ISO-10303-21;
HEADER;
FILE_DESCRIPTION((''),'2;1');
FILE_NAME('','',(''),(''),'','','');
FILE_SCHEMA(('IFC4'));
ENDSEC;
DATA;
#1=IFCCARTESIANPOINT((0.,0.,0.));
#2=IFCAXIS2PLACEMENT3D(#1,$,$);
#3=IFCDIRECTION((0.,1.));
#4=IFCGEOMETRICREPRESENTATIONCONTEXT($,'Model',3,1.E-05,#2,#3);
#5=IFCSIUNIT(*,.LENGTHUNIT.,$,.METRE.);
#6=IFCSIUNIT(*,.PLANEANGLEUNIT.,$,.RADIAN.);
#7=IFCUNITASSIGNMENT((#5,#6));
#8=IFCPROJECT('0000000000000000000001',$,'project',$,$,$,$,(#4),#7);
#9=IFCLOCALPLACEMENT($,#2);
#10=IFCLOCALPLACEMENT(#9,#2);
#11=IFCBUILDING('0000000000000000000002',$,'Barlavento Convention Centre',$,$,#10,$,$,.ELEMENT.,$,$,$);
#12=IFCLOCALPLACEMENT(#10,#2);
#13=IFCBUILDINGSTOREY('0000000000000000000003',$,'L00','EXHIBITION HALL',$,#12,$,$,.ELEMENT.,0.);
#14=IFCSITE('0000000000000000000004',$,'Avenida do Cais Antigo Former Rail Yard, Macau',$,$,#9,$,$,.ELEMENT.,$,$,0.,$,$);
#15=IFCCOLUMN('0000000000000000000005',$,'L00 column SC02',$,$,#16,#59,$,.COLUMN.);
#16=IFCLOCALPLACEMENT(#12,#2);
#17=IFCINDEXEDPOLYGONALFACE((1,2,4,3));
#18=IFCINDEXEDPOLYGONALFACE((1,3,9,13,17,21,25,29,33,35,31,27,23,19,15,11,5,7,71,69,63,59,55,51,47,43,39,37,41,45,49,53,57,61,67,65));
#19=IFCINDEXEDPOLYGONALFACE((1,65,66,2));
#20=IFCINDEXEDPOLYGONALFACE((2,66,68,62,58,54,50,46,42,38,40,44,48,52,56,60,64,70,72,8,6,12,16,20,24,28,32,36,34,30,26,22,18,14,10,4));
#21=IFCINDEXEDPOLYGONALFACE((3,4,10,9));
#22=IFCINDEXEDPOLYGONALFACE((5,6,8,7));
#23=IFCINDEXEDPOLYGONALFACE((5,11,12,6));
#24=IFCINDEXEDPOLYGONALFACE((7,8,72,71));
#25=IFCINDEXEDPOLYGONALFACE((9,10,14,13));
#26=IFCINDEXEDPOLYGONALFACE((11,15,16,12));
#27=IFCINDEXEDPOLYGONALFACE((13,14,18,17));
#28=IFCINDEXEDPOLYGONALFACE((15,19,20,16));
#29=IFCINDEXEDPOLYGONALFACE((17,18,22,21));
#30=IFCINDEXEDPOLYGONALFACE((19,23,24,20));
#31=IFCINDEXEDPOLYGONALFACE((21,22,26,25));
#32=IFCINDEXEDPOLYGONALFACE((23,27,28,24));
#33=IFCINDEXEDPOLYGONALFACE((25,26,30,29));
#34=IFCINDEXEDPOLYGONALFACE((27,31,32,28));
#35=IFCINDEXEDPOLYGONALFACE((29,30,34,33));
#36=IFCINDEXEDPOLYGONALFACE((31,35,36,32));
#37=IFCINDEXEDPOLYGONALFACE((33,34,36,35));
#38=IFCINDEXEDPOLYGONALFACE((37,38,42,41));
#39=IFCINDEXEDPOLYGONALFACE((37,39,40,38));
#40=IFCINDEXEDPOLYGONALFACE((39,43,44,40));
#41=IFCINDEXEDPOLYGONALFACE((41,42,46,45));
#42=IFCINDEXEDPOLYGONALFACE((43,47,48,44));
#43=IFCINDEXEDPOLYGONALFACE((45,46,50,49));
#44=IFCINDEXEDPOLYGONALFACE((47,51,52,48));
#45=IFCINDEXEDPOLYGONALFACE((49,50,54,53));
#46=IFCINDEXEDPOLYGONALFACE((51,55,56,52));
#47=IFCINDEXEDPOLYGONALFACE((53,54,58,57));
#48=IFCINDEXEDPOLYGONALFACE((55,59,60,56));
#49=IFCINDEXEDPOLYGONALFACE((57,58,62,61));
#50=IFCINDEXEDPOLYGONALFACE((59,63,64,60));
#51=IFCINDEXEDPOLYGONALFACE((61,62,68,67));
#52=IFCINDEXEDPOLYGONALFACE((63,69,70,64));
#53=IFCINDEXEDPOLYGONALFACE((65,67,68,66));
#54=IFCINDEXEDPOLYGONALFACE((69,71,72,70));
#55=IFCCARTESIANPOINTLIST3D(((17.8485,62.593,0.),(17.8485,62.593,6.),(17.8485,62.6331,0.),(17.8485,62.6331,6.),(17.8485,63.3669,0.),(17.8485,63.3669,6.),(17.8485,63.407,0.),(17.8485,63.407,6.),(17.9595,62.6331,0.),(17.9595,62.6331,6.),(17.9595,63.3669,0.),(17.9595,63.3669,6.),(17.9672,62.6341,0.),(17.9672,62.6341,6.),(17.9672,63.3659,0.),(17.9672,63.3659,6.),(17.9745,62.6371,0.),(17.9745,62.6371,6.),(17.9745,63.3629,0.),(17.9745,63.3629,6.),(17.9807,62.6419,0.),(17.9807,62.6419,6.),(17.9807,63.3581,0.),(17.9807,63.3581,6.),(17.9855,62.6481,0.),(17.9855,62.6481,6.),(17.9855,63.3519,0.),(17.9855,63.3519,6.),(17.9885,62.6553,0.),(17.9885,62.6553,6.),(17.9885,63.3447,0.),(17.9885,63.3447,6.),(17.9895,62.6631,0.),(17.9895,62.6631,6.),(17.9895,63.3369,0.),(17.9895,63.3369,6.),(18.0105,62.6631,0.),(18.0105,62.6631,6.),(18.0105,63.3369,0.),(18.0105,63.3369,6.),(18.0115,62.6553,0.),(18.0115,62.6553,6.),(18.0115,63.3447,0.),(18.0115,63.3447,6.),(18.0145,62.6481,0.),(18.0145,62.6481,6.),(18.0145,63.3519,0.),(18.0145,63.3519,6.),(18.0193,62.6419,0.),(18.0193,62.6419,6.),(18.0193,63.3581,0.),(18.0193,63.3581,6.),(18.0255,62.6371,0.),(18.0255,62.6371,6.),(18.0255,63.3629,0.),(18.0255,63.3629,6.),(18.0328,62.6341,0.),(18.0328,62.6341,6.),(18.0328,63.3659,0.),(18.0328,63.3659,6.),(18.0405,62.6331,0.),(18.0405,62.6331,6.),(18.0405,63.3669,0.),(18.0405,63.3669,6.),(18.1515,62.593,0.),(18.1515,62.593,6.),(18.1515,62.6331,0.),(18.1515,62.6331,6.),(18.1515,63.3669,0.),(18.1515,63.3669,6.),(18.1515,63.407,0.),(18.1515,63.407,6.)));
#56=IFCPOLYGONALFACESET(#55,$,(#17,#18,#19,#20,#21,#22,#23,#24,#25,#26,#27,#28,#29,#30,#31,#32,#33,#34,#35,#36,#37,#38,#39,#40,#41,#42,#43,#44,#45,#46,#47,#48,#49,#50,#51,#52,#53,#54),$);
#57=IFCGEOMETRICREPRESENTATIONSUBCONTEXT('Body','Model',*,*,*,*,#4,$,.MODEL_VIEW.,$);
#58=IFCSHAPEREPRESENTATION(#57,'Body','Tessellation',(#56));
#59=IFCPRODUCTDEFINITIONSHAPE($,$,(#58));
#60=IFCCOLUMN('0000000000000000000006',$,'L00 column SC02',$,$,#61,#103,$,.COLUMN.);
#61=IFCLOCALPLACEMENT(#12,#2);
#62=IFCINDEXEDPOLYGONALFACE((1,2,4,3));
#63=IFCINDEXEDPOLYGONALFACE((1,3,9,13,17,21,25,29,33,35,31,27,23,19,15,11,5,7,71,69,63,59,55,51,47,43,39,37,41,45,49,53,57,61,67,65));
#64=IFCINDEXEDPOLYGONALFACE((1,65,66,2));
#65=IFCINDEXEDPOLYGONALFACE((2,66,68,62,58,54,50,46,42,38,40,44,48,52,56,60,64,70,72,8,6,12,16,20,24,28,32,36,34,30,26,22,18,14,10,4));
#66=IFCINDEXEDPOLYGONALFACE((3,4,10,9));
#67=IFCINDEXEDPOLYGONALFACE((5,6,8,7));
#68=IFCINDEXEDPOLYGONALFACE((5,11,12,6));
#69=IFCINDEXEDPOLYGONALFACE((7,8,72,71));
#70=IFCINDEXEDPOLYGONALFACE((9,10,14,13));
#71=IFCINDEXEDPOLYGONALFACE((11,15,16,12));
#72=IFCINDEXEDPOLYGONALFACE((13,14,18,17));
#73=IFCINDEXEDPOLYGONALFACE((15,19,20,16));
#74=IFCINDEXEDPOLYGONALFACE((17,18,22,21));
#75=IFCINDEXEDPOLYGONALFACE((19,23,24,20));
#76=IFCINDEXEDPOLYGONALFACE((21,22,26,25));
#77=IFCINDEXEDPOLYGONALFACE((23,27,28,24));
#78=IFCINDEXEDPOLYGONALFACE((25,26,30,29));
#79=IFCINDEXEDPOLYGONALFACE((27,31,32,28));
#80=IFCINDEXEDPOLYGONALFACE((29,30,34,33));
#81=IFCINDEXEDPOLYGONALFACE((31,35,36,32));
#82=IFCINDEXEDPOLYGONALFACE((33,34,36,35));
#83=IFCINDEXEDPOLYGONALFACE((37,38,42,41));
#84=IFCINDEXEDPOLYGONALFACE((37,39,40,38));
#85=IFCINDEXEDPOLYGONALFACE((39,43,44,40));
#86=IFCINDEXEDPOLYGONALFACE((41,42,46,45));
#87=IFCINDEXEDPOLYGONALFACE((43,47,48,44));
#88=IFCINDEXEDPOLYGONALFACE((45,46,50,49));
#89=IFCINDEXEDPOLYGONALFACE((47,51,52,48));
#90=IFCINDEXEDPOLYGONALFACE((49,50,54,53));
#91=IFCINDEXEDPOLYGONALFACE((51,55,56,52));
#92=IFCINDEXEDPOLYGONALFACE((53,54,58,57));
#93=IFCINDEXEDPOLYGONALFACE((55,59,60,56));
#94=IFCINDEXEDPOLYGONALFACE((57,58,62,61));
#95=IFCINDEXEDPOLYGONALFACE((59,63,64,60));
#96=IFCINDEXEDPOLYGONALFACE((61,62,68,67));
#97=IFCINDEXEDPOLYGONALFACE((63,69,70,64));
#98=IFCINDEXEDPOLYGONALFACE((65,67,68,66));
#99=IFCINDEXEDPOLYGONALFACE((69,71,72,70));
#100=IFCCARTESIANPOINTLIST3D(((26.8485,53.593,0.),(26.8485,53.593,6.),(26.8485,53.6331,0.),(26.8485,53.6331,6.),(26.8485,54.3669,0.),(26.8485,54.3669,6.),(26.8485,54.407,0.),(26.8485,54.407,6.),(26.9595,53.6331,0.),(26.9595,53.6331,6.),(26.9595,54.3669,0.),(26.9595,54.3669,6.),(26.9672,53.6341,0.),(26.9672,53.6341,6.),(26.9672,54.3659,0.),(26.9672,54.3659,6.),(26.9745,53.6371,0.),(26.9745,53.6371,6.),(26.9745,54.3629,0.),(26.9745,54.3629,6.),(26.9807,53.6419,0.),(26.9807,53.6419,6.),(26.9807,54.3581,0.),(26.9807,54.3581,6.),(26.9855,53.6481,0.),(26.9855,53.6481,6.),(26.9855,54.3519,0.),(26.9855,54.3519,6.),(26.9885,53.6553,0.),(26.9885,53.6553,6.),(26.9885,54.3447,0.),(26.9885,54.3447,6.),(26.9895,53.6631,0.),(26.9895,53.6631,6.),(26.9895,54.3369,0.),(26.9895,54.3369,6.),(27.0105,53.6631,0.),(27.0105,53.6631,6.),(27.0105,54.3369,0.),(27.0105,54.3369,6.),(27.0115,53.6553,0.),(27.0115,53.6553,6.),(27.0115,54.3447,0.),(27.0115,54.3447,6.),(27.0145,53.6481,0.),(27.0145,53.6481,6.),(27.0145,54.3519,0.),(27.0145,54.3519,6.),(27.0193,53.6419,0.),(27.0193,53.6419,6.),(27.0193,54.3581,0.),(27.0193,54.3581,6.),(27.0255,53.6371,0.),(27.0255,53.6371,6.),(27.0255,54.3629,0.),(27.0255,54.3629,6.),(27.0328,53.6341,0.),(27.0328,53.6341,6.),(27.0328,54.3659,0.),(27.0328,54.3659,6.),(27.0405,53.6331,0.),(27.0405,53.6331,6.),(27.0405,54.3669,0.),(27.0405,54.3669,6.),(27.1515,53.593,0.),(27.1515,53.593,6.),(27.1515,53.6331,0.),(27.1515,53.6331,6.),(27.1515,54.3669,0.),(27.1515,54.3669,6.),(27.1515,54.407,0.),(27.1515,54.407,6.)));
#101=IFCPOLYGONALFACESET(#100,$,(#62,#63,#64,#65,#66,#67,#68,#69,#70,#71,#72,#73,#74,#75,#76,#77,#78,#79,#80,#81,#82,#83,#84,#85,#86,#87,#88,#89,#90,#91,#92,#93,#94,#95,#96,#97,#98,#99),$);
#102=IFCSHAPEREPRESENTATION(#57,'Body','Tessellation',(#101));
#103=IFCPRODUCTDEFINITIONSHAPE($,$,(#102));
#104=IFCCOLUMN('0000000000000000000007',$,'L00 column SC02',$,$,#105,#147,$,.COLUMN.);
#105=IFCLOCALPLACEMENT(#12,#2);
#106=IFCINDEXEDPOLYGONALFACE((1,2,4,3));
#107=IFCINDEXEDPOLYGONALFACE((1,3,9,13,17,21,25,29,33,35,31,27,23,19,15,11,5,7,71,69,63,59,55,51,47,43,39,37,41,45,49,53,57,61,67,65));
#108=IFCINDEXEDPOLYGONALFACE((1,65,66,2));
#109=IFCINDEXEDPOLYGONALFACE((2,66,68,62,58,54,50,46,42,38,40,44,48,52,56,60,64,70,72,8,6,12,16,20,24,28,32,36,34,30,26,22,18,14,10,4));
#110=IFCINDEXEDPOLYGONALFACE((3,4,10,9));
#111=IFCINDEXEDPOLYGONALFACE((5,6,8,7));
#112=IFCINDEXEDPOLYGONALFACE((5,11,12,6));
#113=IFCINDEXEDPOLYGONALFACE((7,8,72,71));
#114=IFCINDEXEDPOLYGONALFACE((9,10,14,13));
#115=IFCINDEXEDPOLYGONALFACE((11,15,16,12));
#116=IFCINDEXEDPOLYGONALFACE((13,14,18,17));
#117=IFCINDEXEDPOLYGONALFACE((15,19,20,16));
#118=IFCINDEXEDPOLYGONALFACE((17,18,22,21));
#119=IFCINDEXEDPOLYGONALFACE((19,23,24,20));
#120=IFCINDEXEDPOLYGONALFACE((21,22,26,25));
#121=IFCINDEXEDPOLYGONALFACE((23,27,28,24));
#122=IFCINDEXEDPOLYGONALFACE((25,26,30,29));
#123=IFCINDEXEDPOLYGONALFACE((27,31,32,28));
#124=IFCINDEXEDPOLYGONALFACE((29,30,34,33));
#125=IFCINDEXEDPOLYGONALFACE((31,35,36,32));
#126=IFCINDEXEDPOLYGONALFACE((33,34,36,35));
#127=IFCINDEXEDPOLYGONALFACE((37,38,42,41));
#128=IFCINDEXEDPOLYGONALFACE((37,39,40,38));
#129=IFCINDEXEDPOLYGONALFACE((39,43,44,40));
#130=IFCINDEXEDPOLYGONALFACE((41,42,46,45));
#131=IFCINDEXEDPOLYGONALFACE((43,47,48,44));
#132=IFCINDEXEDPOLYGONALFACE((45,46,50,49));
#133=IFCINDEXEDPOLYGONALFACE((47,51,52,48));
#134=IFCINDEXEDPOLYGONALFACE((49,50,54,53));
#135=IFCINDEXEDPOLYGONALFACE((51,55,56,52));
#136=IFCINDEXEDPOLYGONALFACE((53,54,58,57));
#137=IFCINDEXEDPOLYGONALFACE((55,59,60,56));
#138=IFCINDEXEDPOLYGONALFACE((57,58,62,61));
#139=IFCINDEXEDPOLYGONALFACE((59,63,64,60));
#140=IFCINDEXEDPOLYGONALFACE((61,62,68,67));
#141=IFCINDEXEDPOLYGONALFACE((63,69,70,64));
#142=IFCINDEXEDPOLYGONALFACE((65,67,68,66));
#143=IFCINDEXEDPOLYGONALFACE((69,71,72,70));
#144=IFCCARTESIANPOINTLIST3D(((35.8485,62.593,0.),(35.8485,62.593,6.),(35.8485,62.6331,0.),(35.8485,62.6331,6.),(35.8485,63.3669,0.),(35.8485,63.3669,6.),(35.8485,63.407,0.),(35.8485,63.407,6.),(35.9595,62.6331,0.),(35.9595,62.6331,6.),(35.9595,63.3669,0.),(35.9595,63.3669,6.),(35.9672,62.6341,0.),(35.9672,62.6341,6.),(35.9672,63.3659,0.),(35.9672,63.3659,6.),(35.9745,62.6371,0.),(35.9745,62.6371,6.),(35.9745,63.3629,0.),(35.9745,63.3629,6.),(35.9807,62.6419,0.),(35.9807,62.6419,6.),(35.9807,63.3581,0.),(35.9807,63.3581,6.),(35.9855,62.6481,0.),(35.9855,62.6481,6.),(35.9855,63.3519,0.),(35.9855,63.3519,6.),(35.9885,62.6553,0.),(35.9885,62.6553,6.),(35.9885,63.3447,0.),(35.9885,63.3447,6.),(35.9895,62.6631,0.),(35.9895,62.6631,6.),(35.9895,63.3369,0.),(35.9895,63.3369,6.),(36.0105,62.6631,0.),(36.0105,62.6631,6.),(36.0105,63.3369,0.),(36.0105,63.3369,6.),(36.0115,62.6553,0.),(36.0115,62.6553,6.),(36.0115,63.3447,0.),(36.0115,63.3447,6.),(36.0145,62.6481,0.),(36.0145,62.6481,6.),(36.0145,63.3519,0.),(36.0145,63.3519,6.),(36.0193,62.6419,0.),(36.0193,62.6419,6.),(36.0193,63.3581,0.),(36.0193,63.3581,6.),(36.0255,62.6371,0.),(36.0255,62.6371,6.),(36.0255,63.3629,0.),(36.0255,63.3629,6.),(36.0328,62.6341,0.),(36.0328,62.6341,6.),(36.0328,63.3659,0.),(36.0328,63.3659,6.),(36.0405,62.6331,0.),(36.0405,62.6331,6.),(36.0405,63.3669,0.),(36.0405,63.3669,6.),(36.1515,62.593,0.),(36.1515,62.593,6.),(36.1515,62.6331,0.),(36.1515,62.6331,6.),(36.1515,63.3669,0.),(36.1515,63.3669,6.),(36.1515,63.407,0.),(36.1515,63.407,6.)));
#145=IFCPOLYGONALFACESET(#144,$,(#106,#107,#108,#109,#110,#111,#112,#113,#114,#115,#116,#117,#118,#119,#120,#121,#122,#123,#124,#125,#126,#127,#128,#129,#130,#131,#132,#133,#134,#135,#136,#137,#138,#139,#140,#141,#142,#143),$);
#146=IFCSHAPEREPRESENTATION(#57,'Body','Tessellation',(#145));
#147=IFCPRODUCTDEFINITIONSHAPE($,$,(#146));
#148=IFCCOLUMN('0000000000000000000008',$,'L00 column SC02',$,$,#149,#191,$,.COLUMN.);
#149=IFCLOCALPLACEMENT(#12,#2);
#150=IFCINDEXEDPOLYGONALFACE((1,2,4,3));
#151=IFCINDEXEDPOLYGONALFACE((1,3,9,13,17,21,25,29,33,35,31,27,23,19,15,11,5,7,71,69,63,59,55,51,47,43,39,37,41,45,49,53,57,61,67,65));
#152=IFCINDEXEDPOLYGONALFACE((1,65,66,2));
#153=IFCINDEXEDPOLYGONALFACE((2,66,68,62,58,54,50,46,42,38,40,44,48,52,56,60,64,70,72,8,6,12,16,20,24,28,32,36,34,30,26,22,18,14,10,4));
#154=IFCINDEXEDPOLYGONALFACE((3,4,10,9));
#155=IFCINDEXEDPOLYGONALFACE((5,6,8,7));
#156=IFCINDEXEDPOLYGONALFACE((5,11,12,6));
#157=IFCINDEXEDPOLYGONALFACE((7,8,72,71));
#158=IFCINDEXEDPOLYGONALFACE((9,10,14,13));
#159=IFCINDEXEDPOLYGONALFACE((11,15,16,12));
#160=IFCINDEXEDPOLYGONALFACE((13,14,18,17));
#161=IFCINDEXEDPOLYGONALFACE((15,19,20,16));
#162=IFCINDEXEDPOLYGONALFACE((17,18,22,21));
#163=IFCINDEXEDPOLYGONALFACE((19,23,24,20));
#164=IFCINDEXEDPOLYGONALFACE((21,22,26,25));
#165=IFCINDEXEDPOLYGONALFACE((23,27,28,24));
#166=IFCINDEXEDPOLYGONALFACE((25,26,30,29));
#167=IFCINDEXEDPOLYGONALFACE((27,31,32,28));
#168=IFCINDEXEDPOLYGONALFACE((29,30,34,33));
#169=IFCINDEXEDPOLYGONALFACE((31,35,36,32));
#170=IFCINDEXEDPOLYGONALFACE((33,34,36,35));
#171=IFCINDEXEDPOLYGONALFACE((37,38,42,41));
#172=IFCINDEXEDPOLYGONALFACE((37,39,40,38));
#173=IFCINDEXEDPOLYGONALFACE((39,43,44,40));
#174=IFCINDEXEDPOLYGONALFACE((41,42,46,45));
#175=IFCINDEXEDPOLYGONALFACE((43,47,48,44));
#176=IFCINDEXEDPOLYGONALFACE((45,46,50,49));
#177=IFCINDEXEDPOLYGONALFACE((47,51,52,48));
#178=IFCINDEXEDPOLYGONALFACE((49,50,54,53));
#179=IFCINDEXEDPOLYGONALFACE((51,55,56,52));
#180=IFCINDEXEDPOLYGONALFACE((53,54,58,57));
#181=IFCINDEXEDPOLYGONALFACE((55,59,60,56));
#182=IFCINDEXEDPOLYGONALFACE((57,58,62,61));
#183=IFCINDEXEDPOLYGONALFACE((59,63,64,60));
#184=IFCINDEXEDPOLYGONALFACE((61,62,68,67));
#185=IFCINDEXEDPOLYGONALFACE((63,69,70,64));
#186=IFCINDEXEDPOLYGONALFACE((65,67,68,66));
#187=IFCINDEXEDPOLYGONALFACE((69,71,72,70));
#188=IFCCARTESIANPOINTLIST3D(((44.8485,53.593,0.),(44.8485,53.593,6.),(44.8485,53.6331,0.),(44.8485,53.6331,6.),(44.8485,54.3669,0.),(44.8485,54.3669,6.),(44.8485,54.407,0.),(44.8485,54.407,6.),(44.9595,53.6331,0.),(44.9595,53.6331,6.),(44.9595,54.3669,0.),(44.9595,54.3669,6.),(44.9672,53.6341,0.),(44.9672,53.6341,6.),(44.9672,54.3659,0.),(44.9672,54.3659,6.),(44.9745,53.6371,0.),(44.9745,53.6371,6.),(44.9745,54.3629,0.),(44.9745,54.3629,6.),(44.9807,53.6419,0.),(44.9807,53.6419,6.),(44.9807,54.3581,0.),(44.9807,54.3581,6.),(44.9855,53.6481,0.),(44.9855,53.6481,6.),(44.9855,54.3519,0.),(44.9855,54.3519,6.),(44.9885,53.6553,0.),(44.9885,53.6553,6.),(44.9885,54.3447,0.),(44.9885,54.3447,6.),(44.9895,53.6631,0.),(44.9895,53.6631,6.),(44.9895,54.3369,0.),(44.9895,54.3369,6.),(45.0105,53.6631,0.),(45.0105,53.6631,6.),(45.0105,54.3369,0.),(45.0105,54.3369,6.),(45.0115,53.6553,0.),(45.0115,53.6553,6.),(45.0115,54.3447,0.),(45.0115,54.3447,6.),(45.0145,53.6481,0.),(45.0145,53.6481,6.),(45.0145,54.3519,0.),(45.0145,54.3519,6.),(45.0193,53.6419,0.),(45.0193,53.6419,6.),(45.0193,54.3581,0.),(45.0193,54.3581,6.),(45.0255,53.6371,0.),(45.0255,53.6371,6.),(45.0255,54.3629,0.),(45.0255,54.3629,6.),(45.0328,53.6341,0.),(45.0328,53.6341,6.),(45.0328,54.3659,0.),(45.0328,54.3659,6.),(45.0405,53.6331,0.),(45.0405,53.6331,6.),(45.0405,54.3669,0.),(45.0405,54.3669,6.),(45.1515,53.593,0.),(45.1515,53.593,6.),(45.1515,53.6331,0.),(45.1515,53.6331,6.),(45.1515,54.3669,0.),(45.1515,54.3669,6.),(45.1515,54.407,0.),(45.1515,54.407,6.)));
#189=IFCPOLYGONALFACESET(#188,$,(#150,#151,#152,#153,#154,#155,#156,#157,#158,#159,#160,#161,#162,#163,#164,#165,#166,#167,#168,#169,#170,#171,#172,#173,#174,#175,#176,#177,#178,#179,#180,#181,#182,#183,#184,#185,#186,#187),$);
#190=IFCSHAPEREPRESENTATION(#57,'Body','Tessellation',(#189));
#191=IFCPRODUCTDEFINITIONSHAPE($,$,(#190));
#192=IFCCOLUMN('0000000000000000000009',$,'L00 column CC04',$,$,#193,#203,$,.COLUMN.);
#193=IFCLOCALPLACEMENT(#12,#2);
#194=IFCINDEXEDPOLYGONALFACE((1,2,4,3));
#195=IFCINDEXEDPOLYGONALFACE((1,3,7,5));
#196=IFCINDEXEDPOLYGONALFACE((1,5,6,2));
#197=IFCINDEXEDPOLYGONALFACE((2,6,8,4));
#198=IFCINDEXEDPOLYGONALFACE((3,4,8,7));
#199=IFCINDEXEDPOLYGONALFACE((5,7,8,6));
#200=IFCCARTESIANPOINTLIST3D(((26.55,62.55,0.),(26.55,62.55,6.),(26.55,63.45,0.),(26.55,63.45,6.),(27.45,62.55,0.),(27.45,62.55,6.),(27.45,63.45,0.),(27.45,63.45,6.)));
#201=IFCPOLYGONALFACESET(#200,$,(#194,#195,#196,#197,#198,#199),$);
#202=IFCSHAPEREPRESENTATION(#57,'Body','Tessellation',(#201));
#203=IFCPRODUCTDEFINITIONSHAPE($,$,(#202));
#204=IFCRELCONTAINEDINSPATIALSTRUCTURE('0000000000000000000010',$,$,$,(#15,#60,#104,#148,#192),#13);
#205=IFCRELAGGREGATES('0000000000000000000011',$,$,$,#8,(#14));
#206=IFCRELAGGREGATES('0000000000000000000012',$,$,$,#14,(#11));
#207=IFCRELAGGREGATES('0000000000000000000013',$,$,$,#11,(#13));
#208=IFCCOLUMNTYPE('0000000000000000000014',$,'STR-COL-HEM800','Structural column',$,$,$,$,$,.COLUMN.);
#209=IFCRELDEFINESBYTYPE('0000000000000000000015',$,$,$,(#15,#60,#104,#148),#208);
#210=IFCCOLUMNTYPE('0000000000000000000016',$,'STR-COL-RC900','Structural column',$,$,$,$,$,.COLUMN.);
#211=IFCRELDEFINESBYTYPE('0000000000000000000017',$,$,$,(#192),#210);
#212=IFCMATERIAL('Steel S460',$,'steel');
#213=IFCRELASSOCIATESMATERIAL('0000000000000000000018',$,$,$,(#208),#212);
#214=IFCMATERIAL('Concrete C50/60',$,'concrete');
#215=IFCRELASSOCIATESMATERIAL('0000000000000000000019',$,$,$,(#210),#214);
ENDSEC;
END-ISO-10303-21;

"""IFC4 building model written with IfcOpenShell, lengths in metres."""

from ifc_helpers import new_model, si_unit, direction, frame, origin, origin_2d, place, context, subcontext, project, spatial, rectangle, i_section, extrude, material, material_profile, profile_set, type_object, element, save


model = new_model("IFC4")

# Units and contexts
model_context = context("Model", 3, precision=1e-05, world=origin(), true_north=direction((0.0, 1.0)))
body_context = subcontext(model_context, "Body", "Model", "MODEL_VIEW")
ifc_project = project(units=[si_unit("LENGTHUNIT", "METRE"), si_unit("PLANEANGLEUNIT", "RADIAN")], contexts=[model_context])

# Site, building, storey
site_placement = place(None, origin())
site = spatial("IfcSite", under=ifc_project, at=site_placement, Name="Avenida do Cais Antigo Former Rail Yard, Macau", CompositionType="ELEMENT", RefElevation=0.0)
building_placement = place(site_placement, origin())
building = spatial("IfcBuilding", under=site, at=building_placement, Name="Barlavento Convention Centre", CompositionType="ELEMENT")
storey_placement = place(building_placement, origin())
storey = spatial("IfcBuildingStorey", under=building, at=storey_placement, Name="L00", Description="EXHIBITION HALL", CompositionType="ELEMENT", Elevation=0.0)

# Columns
ifc_material_1 = material(Name="Steel S460", Category="steel")
ifc_material_profile_1 = material_profile(ifc_material_1, i_section(OverallWidth=0.303, OverallDepth=0.814, WebThickness=0.021, FlangeThickness=0.04, FilletRadius=0.03, at=origin_2d()), Name="HEM 800")
ifc_profile_set_1 = profile_set([ifc_material_profile_1], Name="Steel S460")
column_type_1 = type_object("IfcColumnType", Name="STR-COL-HEM800", Description="Structural column", PredefinedType="COLUMN", material=ifc_profile_set_1)
for number, where, z_axis, x_axis, name in (
    (1, (18.0, 63.0, 0.0), (0.0, 0.0, 1.0), (1.0, 0.0, 0.0), "L00 column SC02"),
    (2, (27.0, 54.0, 0.0), (0.0, 0.0, 1.0), (1.0, 0.0, 0.0), "L00 column SC02"),
    (3, (36.0, 63.0, 0.0), (0.0, 0.0, 1.0), (1.0, 0.0, 0.0), "L00 column SC02"),
    (4, (45.0, 54.0, 0.0), (0.0, 0.0, 1.0), (1.0, 0.0, 0.0), "L00 column SC02"),
):
    element("IfcColumn", number, at=place(storey_placement, frame(where, z_axis=z_axis, x_axis=x_axis)), inside=storey, type_object=column_type_1, Name=name, PredefinedType="COLUMN", context=body_context, shape_type="SweptSolid", body=[
        extrude(i_section(OverallWidth=0.303, OverallDepth=0.814, WebThickness=0.021, FlangeThickness=0.04, FilletRadius=0.03, at=origin_2d()), origin(), (0.0, 0.0, 1.0), 6.0),
    ])
ifc_material_2 = material(Name="Concrete C50/60", Category="concrete")
ifc_material_profile_2 = material_profile(ifc_material_2, rectangle(XDim=0.8999, YDim=0.8999, at=origin_2d()), Name="RC 900x900")
ifc_profile_set_2 = profile_set([ifc_material_profile_2], Name="Concrete C50/60")
column_type_2 = type_object("IfcColumnType", Name="STR-COL-RC900", Description="Structural column", PredefinedType="COLUMN", material=ifc_profile_set_2)
for number, where, z_axis, x_axis, name in (
    (5, (27.0, 63.0, 0.0), (0.0, 0.0, 1.0), (1.0, 0.0, 0.0), "L00 column CC04"),
):
    element("IfcColumn", number, at=place(storey_placement, frame(where, z_axis=z_axis, x_axis=x_axis)), inside=storey, type_object=column_type_2, Name=name, PredefinedType="COLUMN", context=body_context, shape_type="SweptSolid", body=[
        extrude(rectangle(XDim=0.8999, YDim=0.8999, at=origin_2d()), origin(), (0.0, 0.0, 1.0), 6.0),
    ])

save(model, "model.ifc")
